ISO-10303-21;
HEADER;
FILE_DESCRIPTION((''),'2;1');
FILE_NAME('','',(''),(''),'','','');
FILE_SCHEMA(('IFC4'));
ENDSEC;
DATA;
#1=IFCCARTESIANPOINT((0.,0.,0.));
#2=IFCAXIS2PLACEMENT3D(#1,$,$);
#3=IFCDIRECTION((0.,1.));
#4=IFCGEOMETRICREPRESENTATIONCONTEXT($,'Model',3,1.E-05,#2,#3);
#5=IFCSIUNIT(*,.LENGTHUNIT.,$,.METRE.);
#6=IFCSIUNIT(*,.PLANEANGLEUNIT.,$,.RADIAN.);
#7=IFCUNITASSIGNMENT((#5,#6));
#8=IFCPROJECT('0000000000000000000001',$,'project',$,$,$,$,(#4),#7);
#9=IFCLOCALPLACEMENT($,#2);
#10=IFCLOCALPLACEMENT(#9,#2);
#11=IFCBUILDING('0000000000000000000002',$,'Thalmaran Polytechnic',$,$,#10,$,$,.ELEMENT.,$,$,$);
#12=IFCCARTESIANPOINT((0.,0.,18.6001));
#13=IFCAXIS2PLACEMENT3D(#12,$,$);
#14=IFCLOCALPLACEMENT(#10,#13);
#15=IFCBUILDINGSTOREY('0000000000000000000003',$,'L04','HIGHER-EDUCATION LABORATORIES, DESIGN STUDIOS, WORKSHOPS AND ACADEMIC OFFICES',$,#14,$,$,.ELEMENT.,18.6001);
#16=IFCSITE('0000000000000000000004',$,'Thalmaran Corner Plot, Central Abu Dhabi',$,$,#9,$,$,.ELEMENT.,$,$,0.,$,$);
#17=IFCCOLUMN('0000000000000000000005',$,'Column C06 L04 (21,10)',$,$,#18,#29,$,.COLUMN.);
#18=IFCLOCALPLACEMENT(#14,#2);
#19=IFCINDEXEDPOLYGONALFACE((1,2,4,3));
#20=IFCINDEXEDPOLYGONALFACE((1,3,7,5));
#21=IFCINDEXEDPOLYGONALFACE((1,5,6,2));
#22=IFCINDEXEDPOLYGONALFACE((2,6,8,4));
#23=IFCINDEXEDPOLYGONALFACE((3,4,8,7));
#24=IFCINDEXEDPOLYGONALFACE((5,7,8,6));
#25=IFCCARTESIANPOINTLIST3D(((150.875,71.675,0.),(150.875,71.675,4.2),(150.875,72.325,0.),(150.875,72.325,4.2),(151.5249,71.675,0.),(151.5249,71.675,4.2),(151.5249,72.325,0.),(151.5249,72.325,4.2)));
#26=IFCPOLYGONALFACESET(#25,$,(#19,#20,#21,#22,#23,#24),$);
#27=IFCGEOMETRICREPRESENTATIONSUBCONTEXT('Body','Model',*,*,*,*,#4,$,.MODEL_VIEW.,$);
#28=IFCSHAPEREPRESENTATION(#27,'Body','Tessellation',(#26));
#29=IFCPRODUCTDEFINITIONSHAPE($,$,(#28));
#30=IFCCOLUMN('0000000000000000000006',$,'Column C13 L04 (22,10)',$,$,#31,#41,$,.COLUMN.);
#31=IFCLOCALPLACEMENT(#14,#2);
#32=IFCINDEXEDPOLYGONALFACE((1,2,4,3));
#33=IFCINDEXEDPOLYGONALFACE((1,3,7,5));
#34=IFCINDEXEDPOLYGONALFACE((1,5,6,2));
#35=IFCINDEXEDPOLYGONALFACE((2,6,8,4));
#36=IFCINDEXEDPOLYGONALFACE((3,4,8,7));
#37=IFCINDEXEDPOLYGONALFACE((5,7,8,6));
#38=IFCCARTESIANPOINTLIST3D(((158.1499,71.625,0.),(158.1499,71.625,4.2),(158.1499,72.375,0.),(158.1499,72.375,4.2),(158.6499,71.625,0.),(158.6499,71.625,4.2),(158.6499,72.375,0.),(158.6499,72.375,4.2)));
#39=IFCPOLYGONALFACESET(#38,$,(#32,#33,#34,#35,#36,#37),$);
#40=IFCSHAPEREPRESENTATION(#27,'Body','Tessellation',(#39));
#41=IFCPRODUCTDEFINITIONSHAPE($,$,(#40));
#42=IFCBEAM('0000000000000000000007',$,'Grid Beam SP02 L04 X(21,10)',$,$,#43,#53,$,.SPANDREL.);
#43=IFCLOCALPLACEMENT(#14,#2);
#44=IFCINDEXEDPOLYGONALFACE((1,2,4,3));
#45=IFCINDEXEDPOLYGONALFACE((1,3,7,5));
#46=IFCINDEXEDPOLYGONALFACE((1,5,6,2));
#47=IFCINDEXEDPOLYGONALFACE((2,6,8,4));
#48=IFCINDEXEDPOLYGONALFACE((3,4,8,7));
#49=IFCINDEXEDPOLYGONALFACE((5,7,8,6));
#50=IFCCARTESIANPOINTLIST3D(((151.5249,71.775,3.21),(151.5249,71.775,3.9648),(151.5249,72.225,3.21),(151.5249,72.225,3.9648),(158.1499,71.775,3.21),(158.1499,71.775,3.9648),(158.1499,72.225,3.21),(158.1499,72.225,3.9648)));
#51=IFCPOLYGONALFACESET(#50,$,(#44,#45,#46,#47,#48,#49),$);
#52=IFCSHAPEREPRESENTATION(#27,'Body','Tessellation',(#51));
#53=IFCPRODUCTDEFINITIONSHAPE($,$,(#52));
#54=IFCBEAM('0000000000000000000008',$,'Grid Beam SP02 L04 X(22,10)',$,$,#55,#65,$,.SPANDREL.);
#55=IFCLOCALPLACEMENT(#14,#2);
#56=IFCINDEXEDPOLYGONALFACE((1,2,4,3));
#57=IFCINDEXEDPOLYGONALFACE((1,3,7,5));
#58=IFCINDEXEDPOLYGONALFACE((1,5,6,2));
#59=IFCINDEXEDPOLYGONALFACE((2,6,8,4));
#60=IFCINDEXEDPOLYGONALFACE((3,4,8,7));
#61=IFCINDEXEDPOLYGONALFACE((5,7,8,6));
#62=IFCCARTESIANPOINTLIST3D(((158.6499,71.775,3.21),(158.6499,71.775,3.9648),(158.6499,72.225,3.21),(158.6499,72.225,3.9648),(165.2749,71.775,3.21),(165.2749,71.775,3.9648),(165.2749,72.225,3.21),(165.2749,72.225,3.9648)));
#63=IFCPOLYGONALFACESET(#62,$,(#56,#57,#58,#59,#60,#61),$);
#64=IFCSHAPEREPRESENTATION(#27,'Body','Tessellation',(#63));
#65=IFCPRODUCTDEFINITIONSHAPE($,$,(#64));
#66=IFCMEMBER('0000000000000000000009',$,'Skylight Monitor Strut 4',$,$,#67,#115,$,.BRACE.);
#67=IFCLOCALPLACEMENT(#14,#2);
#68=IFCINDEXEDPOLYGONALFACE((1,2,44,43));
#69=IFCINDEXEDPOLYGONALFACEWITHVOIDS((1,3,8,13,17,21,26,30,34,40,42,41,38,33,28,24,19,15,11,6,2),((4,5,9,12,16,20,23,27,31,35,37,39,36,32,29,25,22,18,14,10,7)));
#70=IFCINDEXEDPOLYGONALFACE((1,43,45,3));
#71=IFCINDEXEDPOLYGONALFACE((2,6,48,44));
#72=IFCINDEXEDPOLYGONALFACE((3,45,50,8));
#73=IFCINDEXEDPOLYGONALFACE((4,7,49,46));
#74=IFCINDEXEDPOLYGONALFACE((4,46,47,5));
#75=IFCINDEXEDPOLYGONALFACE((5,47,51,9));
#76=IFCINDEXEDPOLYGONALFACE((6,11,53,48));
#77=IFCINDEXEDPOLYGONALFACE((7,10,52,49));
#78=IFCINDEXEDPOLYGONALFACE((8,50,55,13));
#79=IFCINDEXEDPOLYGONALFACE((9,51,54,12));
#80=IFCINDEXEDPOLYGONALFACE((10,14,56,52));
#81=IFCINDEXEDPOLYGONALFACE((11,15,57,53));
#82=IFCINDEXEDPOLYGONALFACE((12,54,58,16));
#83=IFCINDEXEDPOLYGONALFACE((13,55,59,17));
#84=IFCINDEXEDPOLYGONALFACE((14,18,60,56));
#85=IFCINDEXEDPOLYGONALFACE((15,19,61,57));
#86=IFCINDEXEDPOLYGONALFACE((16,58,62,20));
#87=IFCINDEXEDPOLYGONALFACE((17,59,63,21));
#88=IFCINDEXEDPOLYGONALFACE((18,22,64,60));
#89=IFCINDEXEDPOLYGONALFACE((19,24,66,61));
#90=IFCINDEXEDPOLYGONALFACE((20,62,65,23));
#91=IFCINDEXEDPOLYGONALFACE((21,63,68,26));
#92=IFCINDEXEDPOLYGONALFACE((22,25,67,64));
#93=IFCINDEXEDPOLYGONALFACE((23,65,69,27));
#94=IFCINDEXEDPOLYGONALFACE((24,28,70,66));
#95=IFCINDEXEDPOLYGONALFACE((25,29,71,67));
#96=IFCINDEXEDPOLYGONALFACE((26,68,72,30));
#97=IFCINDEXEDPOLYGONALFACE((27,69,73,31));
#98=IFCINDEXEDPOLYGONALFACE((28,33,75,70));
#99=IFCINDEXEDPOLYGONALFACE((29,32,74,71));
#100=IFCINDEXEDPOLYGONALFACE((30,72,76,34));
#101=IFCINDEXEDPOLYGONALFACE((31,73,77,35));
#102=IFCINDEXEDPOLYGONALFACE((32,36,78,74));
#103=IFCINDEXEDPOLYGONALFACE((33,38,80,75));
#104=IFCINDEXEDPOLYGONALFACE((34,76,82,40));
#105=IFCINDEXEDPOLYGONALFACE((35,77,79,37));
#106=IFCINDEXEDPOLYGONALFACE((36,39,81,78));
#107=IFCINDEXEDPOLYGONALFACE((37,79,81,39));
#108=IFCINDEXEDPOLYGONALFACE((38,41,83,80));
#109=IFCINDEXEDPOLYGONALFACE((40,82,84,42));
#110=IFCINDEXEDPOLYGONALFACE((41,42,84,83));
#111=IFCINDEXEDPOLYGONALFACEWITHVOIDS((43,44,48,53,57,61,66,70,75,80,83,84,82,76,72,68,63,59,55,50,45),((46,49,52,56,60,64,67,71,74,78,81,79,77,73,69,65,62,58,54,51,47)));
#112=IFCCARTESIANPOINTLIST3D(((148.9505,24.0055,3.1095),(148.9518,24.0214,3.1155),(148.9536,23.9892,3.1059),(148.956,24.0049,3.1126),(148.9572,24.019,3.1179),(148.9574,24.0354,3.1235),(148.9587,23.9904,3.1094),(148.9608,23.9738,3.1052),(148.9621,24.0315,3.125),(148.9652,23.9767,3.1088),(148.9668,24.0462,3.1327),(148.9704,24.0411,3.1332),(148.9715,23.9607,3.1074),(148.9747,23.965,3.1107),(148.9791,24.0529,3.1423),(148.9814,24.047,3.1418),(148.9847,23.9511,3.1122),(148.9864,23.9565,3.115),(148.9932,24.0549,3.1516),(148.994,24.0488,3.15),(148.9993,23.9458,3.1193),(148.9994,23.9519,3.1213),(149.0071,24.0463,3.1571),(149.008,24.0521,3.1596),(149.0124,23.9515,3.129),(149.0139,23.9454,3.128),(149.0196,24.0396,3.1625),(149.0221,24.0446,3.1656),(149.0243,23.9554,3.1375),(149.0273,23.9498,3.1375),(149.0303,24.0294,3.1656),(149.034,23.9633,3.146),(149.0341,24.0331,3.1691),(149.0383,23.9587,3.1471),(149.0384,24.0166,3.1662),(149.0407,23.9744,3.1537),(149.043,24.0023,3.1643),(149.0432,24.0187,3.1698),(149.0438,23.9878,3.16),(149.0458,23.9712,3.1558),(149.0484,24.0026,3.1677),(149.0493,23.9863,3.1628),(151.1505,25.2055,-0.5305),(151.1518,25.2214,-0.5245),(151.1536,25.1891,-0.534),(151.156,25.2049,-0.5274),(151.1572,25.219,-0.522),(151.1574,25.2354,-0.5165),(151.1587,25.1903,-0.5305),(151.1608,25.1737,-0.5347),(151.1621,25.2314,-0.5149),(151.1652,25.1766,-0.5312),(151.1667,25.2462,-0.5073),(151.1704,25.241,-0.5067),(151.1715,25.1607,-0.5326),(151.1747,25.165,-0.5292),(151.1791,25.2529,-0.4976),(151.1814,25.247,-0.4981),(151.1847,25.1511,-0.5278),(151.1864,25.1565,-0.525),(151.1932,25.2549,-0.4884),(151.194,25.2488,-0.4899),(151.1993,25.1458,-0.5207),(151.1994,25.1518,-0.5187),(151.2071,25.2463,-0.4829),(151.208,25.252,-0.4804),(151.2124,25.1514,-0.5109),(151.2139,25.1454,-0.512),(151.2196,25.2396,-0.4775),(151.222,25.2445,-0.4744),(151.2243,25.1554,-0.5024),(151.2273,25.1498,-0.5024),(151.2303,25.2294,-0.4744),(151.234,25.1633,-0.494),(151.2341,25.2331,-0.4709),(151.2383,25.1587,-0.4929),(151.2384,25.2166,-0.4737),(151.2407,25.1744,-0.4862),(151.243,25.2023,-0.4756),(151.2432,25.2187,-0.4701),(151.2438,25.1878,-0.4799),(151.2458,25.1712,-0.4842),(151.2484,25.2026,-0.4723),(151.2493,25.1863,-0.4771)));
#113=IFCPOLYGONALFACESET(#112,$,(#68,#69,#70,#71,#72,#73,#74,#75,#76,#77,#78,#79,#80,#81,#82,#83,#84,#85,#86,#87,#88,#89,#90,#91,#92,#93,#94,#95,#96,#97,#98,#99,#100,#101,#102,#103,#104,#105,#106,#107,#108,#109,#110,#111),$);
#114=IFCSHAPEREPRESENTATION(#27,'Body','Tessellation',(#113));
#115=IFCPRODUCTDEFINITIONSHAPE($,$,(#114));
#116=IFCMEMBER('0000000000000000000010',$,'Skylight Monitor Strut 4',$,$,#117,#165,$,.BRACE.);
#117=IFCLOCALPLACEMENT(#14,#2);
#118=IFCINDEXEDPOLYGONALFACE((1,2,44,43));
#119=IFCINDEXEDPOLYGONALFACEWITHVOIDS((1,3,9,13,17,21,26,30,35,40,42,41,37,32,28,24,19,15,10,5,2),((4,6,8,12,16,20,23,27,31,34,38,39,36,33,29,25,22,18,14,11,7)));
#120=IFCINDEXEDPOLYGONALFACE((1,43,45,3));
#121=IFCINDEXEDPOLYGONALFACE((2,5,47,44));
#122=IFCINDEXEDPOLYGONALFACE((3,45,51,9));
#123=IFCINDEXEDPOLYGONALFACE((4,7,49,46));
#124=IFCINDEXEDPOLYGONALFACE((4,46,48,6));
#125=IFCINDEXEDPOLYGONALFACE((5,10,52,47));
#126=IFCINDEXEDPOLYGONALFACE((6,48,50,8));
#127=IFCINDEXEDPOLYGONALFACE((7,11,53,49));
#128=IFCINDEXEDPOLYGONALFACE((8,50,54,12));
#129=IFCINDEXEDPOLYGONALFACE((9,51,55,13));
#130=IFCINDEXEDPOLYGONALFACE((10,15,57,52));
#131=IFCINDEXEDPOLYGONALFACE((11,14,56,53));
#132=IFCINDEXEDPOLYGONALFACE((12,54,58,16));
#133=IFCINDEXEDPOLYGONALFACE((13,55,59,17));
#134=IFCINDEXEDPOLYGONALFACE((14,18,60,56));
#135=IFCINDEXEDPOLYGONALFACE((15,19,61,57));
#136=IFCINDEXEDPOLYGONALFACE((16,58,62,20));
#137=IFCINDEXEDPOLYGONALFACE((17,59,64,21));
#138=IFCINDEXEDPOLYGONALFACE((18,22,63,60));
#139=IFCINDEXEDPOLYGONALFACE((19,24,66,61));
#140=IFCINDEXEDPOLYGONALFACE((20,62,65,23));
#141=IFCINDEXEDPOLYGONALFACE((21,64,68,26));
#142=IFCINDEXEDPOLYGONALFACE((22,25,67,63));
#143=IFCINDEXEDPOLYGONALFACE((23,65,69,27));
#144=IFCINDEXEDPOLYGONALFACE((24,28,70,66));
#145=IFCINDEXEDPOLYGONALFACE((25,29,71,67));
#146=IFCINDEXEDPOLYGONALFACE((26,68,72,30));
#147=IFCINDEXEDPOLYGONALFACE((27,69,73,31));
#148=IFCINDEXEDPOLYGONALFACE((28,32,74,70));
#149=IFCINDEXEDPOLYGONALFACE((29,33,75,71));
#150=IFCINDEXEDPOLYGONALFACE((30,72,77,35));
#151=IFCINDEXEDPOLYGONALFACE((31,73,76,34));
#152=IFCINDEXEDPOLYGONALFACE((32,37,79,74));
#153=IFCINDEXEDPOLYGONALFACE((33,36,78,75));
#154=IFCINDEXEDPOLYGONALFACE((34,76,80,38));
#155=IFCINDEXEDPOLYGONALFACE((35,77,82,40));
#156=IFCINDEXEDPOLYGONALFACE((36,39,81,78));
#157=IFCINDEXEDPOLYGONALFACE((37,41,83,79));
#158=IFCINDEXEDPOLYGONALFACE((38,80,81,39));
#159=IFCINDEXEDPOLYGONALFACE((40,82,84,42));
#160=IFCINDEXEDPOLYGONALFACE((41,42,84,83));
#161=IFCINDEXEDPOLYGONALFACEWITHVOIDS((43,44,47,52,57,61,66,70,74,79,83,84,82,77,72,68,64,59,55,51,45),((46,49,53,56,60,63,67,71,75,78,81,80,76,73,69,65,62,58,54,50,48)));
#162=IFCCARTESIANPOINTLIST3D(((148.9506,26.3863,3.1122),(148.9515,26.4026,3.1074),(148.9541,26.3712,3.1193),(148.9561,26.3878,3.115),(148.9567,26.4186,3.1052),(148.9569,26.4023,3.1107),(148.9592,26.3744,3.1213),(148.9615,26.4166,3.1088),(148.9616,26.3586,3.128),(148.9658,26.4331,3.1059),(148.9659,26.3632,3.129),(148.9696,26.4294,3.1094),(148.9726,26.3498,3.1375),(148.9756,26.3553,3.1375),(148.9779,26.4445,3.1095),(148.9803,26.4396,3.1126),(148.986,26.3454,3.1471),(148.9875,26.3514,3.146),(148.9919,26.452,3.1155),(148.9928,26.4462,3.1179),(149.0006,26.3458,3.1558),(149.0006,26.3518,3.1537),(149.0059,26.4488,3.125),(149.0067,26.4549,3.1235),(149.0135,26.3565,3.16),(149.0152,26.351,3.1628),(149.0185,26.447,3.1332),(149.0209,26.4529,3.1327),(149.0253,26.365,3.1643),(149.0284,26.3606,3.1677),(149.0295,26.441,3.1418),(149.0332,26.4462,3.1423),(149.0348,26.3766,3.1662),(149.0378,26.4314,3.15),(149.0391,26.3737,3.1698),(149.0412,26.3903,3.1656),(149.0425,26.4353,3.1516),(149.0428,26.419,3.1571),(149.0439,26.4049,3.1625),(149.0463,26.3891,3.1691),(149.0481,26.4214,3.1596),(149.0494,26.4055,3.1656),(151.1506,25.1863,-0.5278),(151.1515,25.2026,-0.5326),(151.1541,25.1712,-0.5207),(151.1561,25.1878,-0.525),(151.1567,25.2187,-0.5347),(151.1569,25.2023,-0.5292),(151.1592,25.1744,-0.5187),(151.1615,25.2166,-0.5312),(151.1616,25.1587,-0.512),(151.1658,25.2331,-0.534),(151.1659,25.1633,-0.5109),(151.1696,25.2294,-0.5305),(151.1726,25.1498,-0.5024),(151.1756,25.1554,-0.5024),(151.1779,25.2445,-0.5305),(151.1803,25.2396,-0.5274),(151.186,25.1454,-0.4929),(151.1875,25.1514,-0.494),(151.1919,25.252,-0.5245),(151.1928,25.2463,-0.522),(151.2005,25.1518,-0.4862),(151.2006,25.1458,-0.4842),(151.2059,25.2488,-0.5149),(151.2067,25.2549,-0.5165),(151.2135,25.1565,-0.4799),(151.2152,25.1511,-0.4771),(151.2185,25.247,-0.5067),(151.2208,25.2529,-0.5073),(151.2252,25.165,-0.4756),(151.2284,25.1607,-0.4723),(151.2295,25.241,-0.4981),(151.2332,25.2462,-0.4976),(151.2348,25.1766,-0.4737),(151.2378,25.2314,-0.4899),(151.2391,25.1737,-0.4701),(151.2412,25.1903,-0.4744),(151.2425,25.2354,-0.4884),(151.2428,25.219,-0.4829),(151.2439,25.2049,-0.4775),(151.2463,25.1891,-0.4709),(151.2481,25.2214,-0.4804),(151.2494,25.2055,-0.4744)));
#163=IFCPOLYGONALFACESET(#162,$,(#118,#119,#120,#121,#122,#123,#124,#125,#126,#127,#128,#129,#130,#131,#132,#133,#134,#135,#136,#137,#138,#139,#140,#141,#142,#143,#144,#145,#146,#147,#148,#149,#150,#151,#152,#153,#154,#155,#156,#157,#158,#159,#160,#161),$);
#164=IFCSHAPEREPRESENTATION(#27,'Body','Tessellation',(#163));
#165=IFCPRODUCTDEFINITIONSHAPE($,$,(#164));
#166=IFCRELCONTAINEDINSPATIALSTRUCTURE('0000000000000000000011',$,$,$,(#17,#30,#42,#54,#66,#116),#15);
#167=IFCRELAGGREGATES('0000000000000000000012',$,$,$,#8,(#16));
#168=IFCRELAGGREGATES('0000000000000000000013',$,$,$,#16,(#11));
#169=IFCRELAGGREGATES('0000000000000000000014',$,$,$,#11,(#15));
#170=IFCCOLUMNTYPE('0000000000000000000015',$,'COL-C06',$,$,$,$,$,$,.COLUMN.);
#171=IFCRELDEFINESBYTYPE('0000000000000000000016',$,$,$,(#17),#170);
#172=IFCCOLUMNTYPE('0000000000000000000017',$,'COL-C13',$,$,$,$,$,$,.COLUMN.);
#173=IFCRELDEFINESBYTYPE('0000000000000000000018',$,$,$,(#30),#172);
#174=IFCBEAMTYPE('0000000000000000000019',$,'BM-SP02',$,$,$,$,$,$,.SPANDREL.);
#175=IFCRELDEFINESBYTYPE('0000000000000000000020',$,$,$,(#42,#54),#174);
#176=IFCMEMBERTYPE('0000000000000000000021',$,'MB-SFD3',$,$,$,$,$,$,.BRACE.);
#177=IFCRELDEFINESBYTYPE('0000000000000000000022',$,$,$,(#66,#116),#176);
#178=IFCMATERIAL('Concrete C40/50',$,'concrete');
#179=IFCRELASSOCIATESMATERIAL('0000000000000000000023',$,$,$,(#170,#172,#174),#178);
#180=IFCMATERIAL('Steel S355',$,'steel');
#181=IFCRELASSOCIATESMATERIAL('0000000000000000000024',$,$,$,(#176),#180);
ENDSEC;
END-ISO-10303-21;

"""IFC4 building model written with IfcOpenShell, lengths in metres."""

from ifc_helpers import new_model, si_unit, direction, frame, origin, origin_2d, place, context, subcontext, project, spatial, rectangle, hollow_circle, extrude, material, material_profile, profile_set, type_object, element, save


model = new_model("IFC4")

# Units and contexts
model_context = context("Model", 3, precision=1e-05, world=origin(), true_north=direction((0.0, 1.0)))
body_context = subcontext(model_context, "Body", "Model", "MODEL_VIEW")
ifc_project = project(units=[si_unit("LENGTHUNIT", "METRE"), si_unit("PLANEANGLEUNIT", "RADIAN")], contexts=[model_context])

# Site, building, storey
site_placement = place(None, origin())
site = spatial("IfcSite", under=ifc_project, at=site_placement, Name="Thalmaran Corner Plot, Central Abu Dhabi", CompositionType="ELEMENT", RefElevation=0.0)
building_placement = place(site_placement, origin())
building = spatial("IfcBuilding", under=site, at=building_placement, Name="Thalmaran Polytechnic", CompositionType="ELEMENT")
storey_placement = place(building_placement, frame((0.0, 0.0, 18.6001)))
storey = spatial("IfcBuildingStorey", under=building, at=storey_placement, Name="L04", Description="HIGHER-EDUCATION LABORATORIES, DESIGN STUDIOS, WORKSHOPS AND ACADEMIC OFFICES", CompositionType="ELEMENT", Elevation=18.6001)

# Columns
ifc_material_1 = material(Name="Concrete C40/50", Category="concrete")
ifc_material_profile_1 = material_profile(ifc_material_1, rectangle(XDim=0.6499, YDim=0.6499, at=origin_2d()), Name="RC 650x650")
ifc_profile_set_1 = profile_set([ifc_material_profile_1], Name="Concrete C40/50")
column_type_1 = type_object("IfcColumnType", Name="COL-C06", PredefinedType="COLUMN", material=ifc_profile_set_1)
column_1_placement = place(storey_placement, frame((151.2, 72.0, 0.0), z_axis=(0.0, 0.0, 1.0), x_axis=(1.0, 0.0, 0.0)))
element("IfcColumn", 1, at=column_1_placement, inside=storey, type_object=column_type_1, Name="Column C06 L04 (21,10)", PredefinedType="COLUMN", context=body_context, shape_type="SweptSolid", body=[
    extrude(rectangle(XDim=0.6499, YDim=0.6499, at=origin_2d()), origin(), (0.0, 0.0, 1.0), 4.2),
])
ifc_material_profile_2 = material_profile(ifc_material_1, rectangle(XDim=0.5, YDim=0.75, at=origin_2d()), Name="RC 500x750")
ifc_profile_set_2 = profile_set([ifc_material_profile_2], Name="Concrete C40/50")
column_type_2 = type_object("IfcColumnType", Name="COL-C13", PredefinedType="COLUMN", material=ifc_profile_set_2)
column_2_placement = place(storey_placement, frame((158.3999, 72.0, 0.0), z_axis=(0.0, 0.0, 1.0), x_axis=(1.0, 0.0, 0.0)))
element("IfcColumn", 2, at=column_2_placement, inside=storey, type_object=column_type_2, Name="Column C13 L04 (22,10)", PredefinedType="COLUMN", context=body_context, shape_type="SweptSolid", body=[
    extrude(rectangle(XDim=0.5, YDim=0.75, at=origin_2d()), origin(), (0.0, 0.0, 1.0), 4.2),
])

# Beams
ifc_material_profile_3 = material_profile(ifc_material_1, rectangle(XDim=0.45, YDim=0.7549, at=origin_2d()), Name="RC 450x755")
ifc_profile_set_3 = profile_set([ifc_material_profile_3], Name="Concrete C40/50")
beam_type = type_object("IfcBeamType", Name="BM-SP02", PredefinedType="SPANDREL", material=ifc_profile_set_3)
for number, where, z_axis, x_axis, name in (
    (3, (151.5249, 72.0, 3.5874), (1.0, 0.0, 0.0), (0.0, 1.0, 0.0), "Grid Beam SP02 L04 X(21,10)"),
    (4, (158.6499, 72.0, 3.5874), (1.0, 0.0, 0.0), (0.0, 1.0, 0.0), "Grid Beam SP02 L04 X(22,10)"),
):
    element("IfcBeam", number, at=place(storey_placement, frame(where, z_axis=z_axis, x_axis=x_axis)), inside=storey, type_object=beam_type, Name=name, PredefinedType="SPANDREL", context=body_context, shape_type="SweptSolid", body=[
        extrude(rectangle(XDim=0.45, YDim=0.7549, at=origin_2d()), origin(), (0.0, 0.0, 1.0), 6.625),
    ])

# Members
ifc_material_2 = material(Name="Steel S355", Category="steel")
ifc_material_profile_4 = material_profile(ifc_material_2, hollow_circle(Radius=0.0571, WallThickness=0.0063, at=origin_2d()), Name="CHS 114.3x6.3")
ifc_profile_set_4 = profile_set([ifc_material_profile_4], Name="Steel S355")
member_type = type_object("IfcMemberType", Name="MB-SFD3", PredefinedType="BRACE", material=ifc_profile_set_4)
for number, where, z_axis, x_axis, name in (
    (5, (151.2, 25.2, -0.5024), (-0.497827, -0.271537, 0.823672), (0.478845, -0.877899, 0.0), "Skylight Monitor Strut 4"),
    (6, (151.2, 25.2, -0.5024), (-0.497827, 0.271537, 0.823672), (-0.478845, -0.877899, 0.0), "Skylight Monitor Strut 4"),
):
    element("IfcMember", number, at=place(storey_placement, frame(where, z_axis=z_axis, x_axis=x_axis)), inside=storey, type_object=member_type, Name=name, PredefinedType="BRACE", context=body_context, shape_type="SweptSolid", body=[
        extrude(hollow_circle(Radius=0.0571, WallThickness=0.0063, at=origin_2d()), origin(), (0.0, 0.0, 1.0), 4.4192),
    ])

save(model, "model.ifc")
